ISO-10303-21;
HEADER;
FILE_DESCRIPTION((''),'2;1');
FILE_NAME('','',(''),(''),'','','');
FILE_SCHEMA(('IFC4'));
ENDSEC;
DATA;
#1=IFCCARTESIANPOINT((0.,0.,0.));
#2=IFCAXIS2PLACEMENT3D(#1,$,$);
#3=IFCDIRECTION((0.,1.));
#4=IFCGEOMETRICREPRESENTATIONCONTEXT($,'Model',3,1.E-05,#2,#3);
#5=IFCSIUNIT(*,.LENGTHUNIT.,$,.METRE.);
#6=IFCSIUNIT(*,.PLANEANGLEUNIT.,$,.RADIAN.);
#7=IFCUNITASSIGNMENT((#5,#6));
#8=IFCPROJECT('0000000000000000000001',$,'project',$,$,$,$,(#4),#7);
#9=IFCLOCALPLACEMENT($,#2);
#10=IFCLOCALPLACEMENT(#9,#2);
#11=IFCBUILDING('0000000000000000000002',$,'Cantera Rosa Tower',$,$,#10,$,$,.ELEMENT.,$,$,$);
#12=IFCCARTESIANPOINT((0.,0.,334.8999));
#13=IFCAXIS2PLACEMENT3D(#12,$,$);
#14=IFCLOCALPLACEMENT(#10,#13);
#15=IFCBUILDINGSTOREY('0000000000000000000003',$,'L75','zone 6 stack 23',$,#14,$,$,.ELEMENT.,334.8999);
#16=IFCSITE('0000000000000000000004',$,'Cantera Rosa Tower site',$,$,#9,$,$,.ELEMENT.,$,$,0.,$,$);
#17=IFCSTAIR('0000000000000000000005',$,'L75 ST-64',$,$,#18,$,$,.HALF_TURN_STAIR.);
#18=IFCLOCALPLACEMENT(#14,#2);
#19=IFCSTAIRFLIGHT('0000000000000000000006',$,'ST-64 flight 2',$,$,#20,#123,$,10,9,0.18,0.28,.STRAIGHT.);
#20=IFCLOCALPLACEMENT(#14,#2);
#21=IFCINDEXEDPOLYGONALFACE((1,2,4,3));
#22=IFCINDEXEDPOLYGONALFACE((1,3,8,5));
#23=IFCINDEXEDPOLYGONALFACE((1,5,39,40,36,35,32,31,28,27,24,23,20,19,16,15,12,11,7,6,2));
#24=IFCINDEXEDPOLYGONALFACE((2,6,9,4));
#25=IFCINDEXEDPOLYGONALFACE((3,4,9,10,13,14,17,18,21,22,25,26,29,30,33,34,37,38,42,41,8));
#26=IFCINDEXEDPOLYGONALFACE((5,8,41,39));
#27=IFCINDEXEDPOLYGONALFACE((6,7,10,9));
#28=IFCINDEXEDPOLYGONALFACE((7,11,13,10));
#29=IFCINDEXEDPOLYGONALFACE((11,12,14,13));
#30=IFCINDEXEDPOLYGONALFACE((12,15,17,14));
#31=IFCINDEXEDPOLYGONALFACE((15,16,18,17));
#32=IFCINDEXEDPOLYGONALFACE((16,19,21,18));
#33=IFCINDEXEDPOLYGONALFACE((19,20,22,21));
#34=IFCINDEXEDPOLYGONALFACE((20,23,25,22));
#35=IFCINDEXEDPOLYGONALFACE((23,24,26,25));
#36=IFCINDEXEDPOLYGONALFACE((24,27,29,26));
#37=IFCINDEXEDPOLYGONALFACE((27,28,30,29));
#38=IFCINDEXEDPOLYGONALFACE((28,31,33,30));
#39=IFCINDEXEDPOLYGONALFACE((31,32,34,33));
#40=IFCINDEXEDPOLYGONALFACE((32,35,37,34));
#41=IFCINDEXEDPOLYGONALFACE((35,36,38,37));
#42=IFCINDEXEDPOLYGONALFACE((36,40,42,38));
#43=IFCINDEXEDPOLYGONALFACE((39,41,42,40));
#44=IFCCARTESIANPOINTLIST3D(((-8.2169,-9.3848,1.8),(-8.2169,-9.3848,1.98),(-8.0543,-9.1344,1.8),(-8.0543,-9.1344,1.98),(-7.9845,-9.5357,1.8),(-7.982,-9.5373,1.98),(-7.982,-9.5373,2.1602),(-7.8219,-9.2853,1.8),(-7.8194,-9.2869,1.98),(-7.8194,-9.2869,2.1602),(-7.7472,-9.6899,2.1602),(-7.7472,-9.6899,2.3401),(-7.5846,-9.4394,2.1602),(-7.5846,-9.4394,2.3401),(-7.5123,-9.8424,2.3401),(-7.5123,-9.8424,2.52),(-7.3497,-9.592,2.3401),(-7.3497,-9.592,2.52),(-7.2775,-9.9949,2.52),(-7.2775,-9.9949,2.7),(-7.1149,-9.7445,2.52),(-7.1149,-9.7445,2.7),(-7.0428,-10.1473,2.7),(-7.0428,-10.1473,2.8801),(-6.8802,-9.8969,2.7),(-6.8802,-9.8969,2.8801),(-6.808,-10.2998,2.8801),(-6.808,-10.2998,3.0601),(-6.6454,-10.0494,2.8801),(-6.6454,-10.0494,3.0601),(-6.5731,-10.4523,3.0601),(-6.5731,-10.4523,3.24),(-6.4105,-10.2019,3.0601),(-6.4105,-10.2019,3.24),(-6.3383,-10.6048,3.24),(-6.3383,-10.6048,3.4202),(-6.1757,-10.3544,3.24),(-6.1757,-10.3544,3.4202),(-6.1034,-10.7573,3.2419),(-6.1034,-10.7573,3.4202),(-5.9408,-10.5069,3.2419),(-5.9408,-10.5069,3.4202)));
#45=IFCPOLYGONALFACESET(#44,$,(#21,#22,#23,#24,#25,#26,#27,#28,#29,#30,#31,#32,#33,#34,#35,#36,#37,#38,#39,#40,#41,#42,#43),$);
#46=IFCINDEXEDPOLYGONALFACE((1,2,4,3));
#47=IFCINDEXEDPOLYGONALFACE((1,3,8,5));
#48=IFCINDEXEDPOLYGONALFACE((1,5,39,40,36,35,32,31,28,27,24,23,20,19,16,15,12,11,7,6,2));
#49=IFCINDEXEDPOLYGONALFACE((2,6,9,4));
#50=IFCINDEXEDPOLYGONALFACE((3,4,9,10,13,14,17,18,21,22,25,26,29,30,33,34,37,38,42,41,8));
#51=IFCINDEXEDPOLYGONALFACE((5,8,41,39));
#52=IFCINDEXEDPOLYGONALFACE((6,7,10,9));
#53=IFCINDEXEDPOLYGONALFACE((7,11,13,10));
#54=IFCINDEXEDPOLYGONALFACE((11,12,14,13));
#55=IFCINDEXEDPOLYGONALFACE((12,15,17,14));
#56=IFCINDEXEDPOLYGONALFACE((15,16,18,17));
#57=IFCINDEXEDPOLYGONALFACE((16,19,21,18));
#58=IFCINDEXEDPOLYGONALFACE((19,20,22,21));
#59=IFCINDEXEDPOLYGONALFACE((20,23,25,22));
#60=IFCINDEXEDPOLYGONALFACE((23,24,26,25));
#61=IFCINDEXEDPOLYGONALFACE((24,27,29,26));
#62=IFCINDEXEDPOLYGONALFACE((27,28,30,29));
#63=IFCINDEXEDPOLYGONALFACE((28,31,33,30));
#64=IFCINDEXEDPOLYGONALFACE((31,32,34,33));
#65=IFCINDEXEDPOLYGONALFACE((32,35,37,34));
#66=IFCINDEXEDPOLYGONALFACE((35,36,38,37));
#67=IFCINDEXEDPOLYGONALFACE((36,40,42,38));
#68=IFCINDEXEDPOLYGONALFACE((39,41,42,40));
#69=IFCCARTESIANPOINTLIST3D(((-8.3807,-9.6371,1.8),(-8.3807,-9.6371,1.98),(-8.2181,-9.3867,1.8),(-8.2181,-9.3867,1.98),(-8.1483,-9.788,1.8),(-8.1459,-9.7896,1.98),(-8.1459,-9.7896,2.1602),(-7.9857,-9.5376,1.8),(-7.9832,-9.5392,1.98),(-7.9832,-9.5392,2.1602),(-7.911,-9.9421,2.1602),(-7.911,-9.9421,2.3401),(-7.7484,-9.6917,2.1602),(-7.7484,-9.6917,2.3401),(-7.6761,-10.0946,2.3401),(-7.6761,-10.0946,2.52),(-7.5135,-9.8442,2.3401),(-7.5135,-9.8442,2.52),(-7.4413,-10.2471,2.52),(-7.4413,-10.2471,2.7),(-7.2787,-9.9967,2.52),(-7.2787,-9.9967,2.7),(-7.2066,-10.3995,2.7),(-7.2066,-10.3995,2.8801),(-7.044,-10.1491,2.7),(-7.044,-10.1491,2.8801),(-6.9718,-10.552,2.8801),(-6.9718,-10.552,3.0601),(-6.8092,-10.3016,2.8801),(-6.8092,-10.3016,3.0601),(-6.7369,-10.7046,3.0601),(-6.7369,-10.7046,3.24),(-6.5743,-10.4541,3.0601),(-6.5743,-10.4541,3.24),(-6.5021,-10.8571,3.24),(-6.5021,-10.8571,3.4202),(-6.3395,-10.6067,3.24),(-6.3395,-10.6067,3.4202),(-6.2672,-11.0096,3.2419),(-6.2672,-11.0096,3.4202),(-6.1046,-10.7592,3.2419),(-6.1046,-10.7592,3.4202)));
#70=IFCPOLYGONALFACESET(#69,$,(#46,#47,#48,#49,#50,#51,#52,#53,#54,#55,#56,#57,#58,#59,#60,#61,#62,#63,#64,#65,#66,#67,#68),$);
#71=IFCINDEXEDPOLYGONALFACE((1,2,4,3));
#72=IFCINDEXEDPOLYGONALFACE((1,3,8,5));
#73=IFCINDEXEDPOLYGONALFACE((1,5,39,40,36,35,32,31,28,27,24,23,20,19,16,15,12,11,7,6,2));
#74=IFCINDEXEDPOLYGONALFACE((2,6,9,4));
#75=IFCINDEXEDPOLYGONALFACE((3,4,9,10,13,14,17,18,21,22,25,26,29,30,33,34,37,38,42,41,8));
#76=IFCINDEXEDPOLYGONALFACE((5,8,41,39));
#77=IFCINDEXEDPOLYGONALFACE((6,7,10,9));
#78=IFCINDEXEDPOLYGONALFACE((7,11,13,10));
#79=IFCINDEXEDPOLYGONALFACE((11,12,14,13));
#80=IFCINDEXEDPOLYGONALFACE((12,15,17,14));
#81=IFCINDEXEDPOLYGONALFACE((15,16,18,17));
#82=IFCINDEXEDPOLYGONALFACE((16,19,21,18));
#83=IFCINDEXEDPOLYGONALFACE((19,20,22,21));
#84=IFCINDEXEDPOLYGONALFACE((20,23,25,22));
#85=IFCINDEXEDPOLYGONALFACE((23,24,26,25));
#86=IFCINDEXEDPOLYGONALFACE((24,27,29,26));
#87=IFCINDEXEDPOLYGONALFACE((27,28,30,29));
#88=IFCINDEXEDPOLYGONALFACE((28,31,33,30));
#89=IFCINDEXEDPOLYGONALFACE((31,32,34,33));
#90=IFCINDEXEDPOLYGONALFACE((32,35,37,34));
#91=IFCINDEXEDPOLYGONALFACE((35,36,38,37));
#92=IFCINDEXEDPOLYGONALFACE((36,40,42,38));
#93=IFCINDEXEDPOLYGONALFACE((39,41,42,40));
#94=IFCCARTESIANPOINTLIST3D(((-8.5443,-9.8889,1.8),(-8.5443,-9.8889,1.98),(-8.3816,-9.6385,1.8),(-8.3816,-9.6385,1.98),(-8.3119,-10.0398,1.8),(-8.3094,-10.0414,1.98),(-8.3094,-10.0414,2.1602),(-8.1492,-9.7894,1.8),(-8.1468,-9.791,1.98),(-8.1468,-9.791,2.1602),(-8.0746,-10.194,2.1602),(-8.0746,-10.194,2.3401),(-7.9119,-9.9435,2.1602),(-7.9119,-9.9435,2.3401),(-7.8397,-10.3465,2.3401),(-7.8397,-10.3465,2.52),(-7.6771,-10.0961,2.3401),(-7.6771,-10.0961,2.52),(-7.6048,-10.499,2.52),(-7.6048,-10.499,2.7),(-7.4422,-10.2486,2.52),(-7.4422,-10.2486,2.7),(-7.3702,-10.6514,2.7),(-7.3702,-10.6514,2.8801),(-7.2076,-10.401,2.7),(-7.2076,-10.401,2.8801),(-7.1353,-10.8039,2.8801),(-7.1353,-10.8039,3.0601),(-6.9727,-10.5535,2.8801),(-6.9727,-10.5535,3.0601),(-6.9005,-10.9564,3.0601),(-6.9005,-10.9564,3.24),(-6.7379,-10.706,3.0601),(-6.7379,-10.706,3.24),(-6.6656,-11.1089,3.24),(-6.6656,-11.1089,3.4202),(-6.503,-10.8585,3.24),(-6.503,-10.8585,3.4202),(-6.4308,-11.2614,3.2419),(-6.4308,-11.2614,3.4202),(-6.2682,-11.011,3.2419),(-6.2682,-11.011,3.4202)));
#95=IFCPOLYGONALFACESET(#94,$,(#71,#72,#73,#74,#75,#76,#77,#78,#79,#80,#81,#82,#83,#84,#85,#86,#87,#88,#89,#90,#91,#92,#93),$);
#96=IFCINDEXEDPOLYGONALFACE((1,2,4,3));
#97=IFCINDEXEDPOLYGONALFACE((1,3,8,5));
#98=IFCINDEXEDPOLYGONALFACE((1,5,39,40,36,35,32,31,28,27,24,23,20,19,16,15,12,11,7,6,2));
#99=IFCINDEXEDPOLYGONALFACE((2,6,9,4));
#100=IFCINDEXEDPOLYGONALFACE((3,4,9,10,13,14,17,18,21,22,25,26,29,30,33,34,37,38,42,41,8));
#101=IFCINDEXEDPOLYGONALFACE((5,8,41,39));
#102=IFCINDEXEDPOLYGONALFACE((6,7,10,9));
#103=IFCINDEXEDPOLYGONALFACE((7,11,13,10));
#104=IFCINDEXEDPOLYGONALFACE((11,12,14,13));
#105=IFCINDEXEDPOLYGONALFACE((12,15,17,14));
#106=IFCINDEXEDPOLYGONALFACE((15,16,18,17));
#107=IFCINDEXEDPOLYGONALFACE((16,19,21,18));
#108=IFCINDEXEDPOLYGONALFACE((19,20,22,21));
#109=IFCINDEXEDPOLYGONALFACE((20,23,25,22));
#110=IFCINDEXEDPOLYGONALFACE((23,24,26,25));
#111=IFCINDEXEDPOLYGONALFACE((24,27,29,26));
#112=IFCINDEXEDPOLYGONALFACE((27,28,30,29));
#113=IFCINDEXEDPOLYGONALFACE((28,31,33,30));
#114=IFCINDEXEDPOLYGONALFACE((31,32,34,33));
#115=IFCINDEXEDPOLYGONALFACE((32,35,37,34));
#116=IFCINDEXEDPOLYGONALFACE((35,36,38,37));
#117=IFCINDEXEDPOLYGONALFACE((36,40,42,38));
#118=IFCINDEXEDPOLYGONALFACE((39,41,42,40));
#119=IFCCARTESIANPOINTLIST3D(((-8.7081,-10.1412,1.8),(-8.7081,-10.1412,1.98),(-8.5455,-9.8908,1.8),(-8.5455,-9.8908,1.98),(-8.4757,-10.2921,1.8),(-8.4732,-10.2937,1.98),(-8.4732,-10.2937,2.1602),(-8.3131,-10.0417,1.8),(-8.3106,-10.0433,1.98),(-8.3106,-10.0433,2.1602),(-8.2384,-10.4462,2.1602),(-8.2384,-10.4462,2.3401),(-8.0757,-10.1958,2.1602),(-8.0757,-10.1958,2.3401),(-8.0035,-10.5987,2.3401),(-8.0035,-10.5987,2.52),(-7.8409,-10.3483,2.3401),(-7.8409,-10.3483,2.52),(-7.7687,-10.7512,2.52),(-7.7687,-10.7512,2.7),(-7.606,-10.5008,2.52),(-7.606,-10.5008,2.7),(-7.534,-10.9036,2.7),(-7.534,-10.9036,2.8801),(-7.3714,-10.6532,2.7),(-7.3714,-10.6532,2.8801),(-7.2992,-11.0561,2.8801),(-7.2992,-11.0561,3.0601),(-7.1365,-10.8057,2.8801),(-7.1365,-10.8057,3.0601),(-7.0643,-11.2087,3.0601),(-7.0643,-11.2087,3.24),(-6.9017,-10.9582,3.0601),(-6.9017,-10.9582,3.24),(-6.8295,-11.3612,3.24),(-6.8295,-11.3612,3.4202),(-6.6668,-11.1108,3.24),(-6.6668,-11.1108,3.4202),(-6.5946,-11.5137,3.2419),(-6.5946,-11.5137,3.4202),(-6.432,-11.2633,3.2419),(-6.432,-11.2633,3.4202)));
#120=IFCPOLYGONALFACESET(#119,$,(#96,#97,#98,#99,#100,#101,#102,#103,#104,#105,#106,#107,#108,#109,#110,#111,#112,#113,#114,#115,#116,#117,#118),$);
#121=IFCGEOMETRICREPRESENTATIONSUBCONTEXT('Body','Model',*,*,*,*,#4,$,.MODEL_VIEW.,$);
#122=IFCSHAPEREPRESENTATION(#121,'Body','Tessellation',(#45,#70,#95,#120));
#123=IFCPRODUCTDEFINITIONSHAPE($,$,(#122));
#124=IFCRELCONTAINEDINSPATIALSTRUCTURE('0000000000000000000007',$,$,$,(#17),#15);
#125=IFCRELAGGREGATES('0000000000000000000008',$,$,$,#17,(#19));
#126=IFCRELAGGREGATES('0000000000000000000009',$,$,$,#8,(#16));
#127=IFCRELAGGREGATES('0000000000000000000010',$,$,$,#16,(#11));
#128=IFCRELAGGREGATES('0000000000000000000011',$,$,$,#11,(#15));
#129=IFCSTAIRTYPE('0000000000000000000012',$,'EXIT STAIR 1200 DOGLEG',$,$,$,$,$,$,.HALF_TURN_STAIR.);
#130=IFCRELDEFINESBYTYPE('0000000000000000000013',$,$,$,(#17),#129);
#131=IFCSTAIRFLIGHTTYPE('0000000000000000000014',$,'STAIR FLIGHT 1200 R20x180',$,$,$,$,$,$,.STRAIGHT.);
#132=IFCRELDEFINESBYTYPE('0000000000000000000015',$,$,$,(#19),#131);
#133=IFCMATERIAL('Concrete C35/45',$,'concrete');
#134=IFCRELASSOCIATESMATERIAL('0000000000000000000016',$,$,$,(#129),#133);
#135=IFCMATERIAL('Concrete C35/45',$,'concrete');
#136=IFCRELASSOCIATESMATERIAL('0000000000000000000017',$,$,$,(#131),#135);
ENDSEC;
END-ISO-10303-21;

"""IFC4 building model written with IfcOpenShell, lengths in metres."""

from ifc_helpers import new_model, si_unit, direction, frame, origin, place, context, subcontext, project, spatial, polyline, outline, extrude, material, type_object, element, aggregate, save


model = new_model("IFC4")

# Units and contexts
model_context = context("Model", 3, precision=1e-05, world=origin(), true_north=direction((0.0, 1.0)))
body_context = subcontext(model_context, "Body", "Model", "MODEL_VIEW")
ifc_project = project(units=[si_unit("LENGTHUNIT", "METRE"), si_unit("PLANEANGLEUNIT", "RADIAN")], contexts=[model_context])

# Site, building, storey
site_placement = place(None, origin())
site = spatial("IfcSite", under=ifc_project, at=site_placement, Name="Cantera Rosa Tower site", CompositionType="ELEMENT", RefElevation=0.0)
building_placement = place(site_placement, origin())
building = spatial("IfcBuilding", under=site, at=building_placement, Name="Cantera Rosa Tower", CompositionType="ELEMENT")
storey_placement = place(building_placement, frame((0.0, 0.0, 334.8999)))
storey = spatial("IfcBuildingStorey", under=building, at=storey_placement, Name="L75", Description="zone 6 stack 23", CompositionType="ELEMENT", Elevation=334.8999)

# Stair, stair flight
ifc_material_1 = material(Name="Concrete C35/45", Category="concrete")
stair_type = type_object("IfcStairType", Name="EXIT STAIR 1200 DOGLEG", PredefinedType="HALF_TURN_STAIR", material=ifc_material_1)
stair_placement = place(storey_placement, origin())
stair = element("IfcStair", 1, at=stair_placement, inside=storey, type_object=stair_type, Name="L75 ST-64", PredefinedType="HALF_TURN_STAIR")
ifc_material_2 = material(Name="Concrete C35/45", Category="concrete")
stair_flight_type = type_object("IfcStairFlightType", Name="STAIR FLIGHT 1200 R20x180", PredefinedType="STRAIGHT", material=ifc_material_2)
stair_flight_1_placement = place(storey_placement, frame((-8.3811, -9.6377, 1.8), z_axis=(0.0, 0.0, 1.0), x_axis=(0.838671, -0.544639, 0.0)))
stair_flight_1 = element("IfcStairFlight", 2, at=stair_flight_1_placement, type_object=stair_flight_type, Name="ST-64 flight 2", NumberOfRisers=10, NumberOfTreads=9, PredefinedType="STRAIGHT", RiserHeight=0.18, TreadLength=0.28, context=body_context, shape_type="SweptSolid", body=[
    extrude(outline(polyline([(0.0, 0.0), (0.0, 0.1799), (0.28, 0.1799), (0.28, 0.3601), (0.5601, 0.3601), (0.5601, 0.54), (0.8401, 0.54), (0.8401, 0.72), (1.1201, 0.72), (1.1201, 0.8999), (1.3999, 0.8999), (1.3999, 1.0801), (1.6799, 1.0801), (1.6799, 1.26), (1.96, 1.26), (1.96, 1.4399), (2.24, 1.4399), (2.24, 1.6201), (2.52, 1.6201), (2.52, 1.8), (2.52, 1.4419), (0.2771, 0.0), (0.0, 0.0)])), frame((0.0, 0.6001, 0.0), z_axis=(0.0, -1.0, 0.0), x_axis=(1.0, 0.0, 0.0)), (0.0, 0.0, 1.0), 0.2986),
    extrude(outline(polyline([(0.0, 0.0), (0.0, 0.1799), (0.28, 0.1799), (0.28, 0.3601), (0.5601, 0.3601), (0.5601, 0.54), (0.8401, 0.54), (0.8401, 0.72), (1.1201, 0.72), (1.1201, 0.8999), (1.3999, 0.8999), (1.3999, 1.0801), (1.6799, 1.0801), (1.6799, 1.26), (1.96, 1.26), (1.96, 1.4399), (2.24, 1.4399), (2.24, 1.6201), (2.52, 1.6201), (2.52, 1.8), (2.52, 1.4419), (0.2771, 0.0), (0.0, 0.0)])), frame((0.0, 0.2993, 0.0), z_axis=(0.0, -1.0, 0.0), x_axis=(1.0, 0.0, 0.0)), (0.0, 0.0, 1.0), 0.2986),
    extrude(outline(polyline([(0.0, 0.0), (0.0, 0.1799), (0.28, 0.1799), (0.28, 0.3601), (0.5601, 0.3601), (0.5601, 0.54), (0.8401, 0.54), (0.8401, 0.72), (1.1201, 0.72), (1.1201, 0.8999), (1.3999, 0.8999), (1.3999, 1.0801), (1.6799, 1.0801), (1.6799, 1.26), (1.96, 1.26), (1.96, 1.4399), (2.24, 1.4399), (2.24, 1.6201), (2.52, 1.6201), (2.52, 1.8), (2.52, 1.4419), (0.2771, 0.0), (0.0, 0.0)])), frame((0.0, -0.001, 0.0), z_axis=(0.0, -1.0, 0.0), x_axis=(1.0, 0.0, 0.0)), (0.0, 0.0, 1.0), 0.2986),
    extrude(outline(polyline([(0.0, 0.0), (0.0, 0.1799), (0.28, 0.1799), (0.28, 0.3601), (0.5601, 0.3601), (0.5601, 0.54), (0.8401, 0.54), (0.8401, 0.72), (1.1201, 0.72), (1.1201, 0.8999), (1.3999, 0.8999), (1.3999, 1.0801), (1.6799, 1.0801), (1.6799, 1.26), (1.96, 1.26), (1.96, 1.4399), (2.24, 1.4399), (2.24, 1.6201), (2.52, 1.6201), (2.52, 1.8), (2.52, 1.4419), (0.2771, 0.0), (0.0, 0.0)])), frame((0.0, -0.3018, 0.0), z_axis=(0.0, -1.0, 0.0), x_axis=(1.0, 0.0, 0.0)), (0.0, 0.0, 1.0), 0.2986),
])
aggregate(stair, [stair_flight_1])

save(model, "model.ifc")
